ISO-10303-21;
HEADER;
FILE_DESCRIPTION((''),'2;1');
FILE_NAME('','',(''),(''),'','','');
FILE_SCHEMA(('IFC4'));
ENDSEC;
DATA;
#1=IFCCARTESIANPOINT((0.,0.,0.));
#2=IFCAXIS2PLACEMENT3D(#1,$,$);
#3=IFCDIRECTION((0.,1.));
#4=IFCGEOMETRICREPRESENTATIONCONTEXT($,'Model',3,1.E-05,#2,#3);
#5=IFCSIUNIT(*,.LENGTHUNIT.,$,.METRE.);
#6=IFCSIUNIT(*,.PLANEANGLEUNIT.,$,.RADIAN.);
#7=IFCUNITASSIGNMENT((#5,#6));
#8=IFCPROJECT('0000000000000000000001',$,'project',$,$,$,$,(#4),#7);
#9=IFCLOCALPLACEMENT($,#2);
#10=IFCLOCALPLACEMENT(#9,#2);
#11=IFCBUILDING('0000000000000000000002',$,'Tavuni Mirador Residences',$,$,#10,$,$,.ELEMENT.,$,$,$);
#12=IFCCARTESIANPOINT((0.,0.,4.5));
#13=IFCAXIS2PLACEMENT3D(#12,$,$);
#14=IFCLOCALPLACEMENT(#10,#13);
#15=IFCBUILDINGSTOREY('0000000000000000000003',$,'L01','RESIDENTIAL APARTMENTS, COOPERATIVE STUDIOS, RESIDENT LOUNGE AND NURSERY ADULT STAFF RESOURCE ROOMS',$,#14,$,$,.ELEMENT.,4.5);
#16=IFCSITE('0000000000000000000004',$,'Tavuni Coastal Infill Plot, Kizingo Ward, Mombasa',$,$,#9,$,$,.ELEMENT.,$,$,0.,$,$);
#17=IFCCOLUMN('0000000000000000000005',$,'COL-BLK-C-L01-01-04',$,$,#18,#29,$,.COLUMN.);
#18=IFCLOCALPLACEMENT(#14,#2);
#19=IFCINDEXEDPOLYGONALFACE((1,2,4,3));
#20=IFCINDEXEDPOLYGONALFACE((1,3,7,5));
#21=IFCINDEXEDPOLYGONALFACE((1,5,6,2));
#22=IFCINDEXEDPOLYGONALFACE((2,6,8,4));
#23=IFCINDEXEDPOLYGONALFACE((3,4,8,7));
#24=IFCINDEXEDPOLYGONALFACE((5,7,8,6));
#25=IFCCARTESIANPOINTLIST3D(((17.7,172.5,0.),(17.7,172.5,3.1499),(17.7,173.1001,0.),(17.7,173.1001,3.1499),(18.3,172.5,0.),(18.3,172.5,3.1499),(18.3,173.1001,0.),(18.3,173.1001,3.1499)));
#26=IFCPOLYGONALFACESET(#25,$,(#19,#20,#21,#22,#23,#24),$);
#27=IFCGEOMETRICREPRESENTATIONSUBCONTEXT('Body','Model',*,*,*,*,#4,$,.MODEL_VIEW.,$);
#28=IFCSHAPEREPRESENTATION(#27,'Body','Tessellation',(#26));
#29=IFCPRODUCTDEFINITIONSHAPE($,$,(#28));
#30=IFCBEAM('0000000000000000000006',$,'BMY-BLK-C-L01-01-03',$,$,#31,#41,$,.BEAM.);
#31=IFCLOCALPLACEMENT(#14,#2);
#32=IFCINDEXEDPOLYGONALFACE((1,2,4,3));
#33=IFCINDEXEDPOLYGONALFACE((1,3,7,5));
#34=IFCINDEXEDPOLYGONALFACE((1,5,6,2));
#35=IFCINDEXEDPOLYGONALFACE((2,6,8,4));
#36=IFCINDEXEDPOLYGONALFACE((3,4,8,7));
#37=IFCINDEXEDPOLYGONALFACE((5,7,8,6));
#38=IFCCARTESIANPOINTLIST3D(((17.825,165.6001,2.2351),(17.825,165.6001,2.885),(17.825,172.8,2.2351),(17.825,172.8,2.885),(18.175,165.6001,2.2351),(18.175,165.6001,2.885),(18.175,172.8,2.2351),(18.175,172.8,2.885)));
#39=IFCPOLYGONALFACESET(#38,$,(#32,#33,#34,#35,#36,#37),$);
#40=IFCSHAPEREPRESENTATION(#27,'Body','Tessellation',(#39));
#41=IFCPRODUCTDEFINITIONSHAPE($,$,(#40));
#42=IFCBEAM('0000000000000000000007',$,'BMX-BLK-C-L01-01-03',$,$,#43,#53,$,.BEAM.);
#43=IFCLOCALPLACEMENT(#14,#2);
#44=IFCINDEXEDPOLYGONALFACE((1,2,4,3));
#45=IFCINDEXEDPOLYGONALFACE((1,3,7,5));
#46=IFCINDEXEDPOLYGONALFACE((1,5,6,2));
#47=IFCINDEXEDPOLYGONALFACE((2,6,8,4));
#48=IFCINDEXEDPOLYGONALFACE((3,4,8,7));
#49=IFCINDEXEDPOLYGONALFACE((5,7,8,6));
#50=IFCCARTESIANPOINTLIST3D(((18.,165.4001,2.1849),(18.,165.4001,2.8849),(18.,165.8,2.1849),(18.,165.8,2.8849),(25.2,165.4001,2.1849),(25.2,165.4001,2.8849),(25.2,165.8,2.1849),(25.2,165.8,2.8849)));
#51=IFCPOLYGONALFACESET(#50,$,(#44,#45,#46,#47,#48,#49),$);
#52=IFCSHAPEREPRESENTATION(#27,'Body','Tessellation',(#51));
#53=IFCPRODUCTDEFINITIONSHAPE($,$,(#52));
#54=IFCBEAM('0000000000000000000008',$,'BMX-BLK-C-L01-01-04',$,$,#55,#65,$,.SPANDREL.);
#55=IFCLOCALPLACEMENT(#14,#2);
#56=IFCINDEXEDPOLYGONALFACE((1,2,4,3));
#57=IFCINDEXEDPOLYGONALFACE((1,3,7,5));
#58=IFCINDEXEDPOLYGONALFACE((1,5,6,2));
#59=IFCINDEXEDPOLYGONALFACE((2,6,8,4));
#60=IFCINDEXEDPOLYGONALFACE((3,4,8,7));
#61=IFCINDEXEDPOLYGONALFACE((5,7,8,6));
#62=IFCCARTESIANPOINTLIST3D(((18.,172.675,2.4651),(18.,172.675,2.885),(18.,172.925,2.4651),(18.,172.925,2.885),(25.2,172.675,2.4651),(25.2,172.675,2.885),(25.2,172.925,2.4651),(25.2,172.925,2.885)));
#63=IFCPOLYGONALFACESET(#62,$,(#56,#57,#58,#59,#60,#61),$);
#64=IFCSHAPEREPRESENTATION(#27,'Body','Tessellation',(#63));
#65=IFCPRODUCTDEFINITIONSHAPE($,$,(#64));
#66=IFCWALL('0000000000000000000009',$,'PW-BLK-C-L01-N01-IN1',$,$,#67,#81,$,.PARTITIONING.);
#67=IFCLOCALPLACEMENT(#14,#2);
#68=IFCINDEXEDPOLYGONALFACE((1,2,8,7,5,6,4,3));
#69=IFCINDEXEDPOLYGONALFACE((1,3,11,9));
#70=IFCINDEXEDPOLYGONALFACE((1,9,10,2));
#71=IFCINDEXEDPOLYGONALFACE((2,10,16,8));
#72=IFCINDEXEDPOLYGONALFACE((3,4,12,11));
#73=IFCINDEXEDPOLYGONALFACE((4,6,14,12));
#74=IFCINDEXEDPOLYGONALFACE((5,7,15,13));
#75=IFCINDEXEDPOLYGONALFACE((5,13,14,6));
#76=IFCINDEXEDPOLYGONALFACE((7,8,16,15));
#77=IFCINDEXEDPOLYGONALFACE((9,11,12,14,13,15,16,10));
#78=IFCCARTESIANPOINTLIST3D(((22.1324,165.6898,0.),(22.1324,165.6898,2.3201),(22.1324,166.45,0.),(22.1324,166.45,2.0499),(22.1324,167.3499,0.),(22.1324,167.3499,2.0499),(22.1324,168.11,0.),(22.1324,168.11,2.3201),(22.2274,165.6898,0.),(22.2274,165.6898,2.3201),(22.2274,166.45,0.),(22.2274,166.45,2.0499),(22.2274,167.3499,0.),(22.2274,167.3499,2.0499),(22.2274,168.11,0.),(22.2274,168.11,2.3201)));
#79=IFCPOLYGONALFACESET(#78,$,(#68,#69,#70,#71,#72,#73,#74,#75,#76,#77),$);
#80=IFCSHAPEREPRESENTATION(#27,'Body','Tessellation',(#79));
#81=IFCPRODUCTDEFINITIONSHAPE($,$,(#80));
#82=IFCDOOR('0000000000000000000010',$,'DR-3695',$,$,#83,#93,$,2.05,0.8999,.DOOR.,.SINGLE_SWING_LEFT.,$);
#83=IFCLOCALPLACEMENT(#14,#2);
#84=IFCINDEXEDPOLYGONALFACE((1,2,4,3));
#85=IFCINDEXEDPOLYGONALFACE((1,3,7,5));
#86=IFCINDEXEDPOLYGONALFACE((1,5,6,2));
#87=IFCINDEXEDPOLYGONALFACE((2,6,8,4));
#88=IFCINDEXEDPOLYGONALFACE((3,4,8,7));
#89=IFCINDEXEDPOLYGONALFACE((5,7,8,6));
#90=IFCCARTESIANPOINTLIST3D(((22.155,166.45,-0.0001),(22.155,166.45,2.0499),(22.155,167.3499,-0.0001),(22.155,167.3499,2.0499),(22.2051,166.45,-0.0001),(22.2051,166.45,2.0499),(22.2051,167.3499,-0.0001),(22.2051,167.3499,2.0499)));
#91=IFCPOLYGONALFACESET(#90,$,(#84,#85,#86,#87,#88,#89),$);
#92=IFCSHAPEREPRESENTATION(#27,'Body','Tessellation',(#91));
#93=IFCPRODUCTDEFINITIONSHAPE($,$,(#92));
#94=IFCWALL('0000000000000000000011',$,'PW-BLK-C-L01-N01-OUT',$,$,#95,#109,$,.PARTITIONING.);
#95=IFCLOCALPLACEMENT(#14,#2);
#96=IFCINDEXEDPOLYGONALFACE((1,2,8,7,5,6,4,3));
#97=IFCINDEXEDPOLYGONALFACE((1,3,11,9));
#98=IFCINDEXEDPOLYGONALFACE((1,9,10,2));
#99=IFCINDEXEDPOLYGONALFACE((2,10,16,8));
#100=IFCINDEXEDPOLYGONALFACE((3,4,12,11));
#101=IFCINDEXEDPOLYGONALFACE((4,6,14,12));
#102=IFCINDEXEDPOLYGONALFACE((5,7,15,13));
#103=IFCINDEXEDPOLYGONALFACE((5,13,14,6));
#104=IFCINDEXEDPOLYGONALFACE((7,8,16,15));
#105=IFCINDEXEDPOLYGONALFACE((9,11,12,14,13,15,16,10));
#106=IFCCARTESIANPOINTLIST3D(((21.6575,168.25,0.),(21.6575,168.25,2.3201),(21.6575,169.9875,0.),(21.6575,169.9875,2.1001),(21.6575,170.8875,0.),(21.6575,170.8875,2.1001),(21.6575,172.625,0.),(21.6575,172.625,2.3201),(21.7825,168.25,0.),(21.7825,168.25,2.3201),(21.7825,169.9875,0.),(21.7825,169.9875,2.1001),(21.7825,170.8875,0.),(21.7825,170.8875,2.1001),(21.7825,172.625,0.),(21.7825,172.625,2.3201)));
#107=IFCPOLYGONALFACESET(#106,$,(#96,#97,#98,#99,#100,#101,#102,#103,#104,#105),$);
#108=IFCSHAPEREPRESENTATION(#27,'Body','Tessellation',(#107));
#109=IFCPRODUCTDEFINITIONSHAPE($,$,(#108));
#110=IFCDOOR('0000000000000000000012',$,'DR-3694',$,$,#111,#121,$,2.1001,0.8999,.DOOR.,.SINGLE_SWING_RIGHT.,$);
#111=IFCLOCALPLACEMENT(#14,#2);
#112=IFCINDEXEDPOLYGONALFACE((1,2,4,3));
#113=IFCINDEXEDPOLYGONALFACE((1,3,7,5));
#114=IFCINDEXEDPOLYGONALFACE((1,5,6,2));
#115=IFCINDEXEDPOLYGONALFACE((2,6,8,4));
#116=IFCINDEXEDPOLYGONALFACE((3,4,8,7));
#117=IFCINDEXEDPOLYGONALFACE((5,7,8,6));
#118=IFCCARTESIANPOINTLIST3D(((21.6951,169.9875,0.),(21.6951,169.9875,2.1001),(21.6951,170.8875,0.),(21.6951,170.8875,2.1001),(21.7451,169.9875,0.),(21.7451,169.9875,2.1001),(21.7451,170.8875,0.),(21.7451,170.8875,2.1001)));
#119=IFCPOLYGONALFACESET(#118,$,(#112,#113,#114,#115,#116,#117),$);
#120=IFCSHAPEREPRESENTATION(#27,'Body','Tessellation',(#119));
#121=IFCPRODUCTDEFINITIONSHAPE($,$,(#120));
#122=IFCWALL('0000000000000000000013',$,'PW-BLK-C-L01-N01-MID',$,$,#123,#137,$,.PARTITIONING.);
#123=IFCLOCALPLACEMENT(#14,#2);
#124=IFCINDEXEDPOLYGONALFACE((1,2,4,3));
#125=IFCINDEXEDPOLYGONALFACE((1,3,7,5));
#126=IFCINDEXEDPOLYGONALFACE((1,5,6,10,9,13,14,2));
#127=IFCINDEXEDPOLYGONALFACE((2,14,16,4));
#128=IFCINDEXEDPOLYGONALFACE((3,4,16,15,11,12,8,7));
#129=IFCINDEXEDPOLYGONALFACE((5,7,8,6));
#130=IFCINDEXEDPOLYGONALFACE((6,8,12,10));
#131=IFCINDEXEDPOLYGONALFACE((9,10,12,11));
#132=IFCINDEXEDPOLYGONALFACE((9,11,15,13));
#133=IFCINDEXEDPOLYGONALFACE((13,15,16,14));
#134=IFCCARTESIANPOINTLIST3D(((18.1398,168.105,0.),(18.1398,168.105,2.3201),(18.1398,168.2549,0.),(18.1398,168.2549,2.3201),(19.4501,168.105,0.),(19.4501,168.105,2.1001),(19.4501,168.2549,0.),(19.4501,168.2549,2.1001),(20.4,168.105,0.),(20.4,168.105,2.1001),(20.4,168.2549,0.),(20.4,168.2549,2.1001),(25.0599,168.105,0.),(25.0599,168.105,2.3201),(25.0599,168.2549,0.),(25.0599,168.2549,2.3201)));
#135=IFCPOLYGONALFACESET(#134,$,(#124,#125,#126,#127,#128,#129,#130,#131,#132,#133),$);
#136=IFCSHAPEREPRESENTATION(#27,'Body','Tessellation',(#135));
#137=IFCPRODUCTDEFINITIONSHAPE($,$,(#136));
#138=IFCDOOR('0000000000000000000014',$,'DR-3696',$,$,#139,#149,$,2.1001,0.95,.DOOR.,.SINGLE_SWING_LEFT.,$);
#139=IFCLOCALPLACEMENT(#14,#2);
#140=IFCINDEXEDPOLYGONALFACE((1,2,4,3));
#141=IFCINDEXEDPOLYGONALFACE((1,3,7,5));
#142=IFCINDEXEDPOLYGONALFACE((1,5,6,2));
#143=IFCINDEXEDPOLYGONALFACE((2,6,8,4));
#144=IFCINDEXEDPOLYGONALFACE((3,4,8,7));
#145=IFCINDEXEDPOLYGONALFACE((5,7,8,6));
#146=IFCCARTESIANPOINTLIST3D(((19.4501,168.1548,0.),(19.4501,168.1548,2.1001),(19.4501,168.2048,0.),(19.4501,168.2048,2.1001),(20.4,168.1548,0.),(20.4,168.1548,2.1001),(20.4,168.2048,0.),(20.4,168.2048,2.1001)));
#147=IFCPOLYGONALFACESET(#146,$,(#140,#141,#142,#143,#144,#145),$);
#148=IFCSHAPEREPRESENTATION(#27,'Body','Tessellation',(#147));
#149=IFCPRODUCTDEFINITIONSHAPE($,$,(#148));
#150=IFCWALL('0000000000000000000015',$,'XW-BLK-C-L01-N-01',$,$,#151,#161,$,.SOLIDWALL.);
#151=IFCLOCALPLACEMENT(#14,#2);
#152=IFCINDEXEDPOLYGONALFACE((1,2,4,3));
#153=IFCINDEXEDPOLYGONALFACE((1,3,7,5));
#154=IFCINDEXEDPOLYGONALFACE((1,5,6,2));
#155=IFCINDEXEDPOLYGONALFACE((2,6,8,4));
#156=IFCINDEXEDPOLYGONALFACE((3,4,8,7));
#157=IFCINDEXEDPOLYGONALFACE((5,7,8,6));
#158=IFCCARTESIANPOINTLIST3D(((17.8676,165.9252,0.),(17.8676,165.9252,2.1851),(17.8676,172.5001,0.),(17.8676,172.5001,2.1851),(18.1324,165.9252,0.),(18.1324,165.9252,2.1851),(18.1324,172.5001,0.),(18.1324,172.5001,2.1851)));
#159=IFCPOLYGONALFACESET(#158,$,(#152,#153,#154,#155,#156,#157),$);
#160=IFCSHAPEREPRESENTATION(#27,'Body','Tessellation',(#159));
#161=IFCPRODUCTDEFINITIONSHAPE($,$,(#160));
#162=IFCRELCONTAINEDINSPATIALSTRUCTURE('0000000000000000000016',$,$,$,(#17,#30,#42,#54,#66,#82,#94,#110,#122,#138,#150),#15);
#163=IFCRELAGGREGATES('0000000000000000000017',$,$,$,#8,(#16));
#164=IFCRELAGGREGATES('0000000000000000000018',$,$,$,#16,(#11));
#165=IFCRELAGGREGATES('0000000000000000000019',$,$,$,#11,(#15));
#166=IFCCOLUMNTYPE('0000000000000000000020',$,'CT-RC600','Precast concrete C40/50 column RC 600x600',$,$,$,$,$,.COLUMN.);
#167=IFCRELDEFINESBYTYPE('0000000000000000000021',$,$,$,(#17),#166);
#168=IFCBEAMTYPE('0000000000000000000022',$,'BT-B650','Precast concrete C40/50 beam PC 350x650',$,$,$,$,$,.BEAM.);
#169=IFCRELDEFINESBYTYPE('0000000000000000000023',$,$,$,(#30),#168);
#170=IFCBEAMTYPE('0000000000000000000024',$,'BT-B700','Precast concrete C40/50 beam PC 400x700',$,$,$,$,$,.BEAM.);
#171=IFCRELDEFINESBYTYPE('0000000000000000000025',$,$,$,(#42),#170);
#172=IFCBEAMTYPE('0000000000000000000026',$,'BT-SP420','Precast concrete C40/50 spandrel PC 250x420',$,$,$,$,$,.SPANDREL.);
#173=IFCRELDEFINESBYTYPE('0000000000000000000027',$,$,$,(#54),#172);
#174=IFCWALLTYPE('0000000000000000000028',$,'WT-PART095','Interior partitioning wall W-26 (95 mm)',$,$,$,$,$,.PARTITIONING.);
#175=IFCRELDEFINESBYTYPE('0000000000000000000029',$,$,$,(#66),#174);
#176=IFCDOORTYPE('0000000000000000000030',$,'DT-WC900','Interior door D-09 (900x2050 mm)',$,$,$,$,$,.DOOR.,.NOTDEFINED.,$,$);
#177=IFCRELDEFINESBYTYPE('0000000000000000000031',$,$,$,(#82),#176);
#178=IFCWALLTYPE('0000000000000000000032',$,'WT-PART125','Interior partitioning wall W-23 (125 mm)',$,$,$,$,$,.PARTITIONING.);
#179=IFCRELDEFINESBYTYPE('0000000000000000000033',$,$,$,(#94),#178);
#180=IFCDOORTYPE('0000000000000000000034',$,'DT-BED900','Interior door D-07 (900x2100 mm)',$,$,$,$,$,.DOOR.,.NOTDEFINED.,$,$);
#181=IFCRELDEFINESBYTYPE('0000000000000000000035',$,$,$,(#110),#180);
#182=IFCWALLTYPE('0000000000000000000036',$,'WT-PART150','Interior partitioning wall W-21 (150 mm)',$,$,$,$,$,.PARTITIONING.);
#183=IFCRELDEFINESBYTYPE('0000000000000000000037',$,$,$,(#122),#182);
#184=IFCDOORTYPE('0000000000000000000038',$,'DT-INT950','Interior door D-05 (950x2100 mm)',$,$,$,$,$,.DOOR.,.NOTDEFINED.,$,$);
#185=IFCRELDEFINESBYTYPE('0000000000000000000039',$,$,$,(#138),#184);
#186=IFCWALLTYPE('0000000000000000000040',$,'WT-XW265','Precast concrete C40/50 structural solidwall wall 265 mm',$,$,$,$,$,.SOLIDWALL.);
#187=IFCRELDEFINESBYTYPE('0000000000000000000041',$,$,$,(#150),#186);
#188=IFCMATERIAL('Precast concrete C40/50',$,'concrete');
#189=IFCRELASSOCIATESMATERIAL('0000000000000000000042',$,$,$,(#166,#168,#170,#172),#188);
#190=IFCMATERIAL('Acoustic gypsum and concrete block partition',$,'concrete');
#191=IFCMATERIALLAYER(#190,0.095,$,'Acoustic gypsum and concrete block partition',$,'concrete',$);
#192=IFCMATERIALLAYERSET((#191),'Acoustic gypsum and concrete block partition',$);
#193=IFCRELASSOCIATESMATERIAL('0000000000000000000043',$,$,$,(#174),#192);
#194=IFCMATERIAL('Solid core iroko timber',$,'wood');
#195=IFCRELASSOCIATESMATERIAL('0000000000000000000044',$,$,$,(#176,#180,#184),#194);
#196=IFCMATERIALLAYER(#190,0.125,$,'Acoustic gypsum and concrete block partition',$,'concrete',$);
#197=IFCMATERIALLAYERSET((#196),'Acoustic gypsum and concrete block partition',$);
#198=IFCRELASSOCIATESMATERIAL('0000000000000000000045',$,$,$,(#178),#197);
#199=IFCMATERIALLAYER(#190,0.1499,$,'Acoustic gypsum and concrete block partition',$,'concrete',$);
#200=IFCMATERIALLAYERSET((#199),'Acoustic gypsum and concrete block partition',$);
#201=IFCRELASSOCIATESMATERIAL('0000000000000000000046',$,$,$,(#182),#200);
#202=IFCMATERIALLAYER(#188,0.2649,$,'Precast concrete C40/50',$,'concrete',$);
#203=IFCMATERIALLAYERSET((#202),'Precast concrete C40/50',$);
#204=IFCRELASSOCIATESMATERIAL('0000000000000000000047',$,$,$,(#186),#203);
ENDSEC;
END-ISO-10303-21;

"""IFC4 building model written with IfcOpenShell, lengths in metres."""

from ifc_helpers import new_model, si_unit, direction, frame, frame_2d, origin, origin_2d, place, context, subcontext, project, spatial, rectangle, extrude, material, layer, layer_set, material_profile, profile_set, type_object, element, fill, save


model = new_model("IFC4")

# Units and contexts
model_context = context("Model", 3, precision=1e-05, world=origin(), true_north=direction((0.0, 1.0)))
body_context = subcontext(model_context, "Body", "Model", "MODEL_VIEW")
ifc_project = project(units=[si_unit("LENGTHUNIT", "METRE"), si_unit("PLANEANGLEUNIT", "RADIAN")], contexts=[model_context])

# Site, building, storey
site_placement = place(None, origin())
site = spatial("IfcSite", under=ifc_project, at=site_placement, Name="Tavuni Coastal Infill Plot, Kizingo Ward, Mombasa", CompositionType="ELEMENT", RefElevation=0.0)
building_placement = place(site_placement, origin())
building = spatial("IfcBuilding", under=site, at=building_placement, Name="Tavuni Mirador Residences", CompositionType="ELEMENT")
storey_placement = place(building_placement, frame((0.0, 0.0, 4.5)))
storey = spatial("IfcBuildingStorey", under=building, at=storey_placement, Name="L01", Description="RESIDENTIAL APARTMENTS, COOPERATIVE STUDIOS, RESIDENT LOUNGE AND NURSERY ADULT STAFF RESOURCE ROOMS", CompositionType="ELEMENT", Elevation=4.5)

# Column
ifc_material_1 = material(Name="Precast concrete C40/50", Category="concrete")
ifc_material_profile_1 = material_profile(ifc_material_1, rectangle(XDim=0.6001, YDim=0.6001, at=origin_2d()), Name="RC 600x600", Category="concrete")
ifc_profile_set_1 = profile_set([ifc_material_profile_1], Name="Precast concrete C40/50")
column_type = type_object("IfcColumnType", Name="CT-RC600", Description="Precast concrete C40/50 column RC 600x600", PredefinedType="COLUMN", material=ifc_profile_set_1)
column_placement = place(storey_placement, frame((18.0, 172.8, 0.0), z_axis=(0.0, 0.0, 1.0), x_axis=(1.0, 0.0, 0.0)))
element("IfcColumn", 1, at=column_placement, inside=storey, type_object=column_type, Name="COL-BLK-C-L01-01-04", PredefinedType="COLUMN", context=body_context, shape_type="SweptSolid", body=[
    extrude(rectangle(XDim=0.6001, YDim=0.6001, at=origin_2d()), origin(), (0.0, 0.0, 1.0), 3.1499),
])

# Beams
ifc_material_profile_2 = material_profile(ifc_material_1, rectangle(XDim=0.3501, YDim=0.6499, at=origin_2d()), Name="PC 350x650", Category="concrete")
ifc_profile_set_2 = profile_set([ifc_material_profile_2], Name="Precast concrete C40/50")
beam_type_1 = type_object("IfcBeamType", Name="BT-B650", Description="Precast concrete C40/50 beam PC 350x650", PredefinedType="BEAM", material=ifc_profile_set_2)
beam_1_placement = place(storey_placement, frame((18.0, 165.6001, 2.5601), z_axis=(0.0, 1.0, 0.0), x_axis=(-1.0, 0.0, 0.0)))
element("IfcBeam", 2, at=beam_1_placement, inside=storey, type_object=beam_type_1, Name="BMY-BLK-C-L01-01-03", PredefinedType="BEAM", context=body_context, shape_type="SweptSolid", body=[
    extrude(rectangle(XDim=0.3501, YDim=0.6499, at=origin_2d()), origin(), (0.0, 0.0, 1.0), 7.2),
])
ifc_material_profile_3 = material_profile(ifc_material_1, rectangle(XDim=0.3999, YDim=0.7, at=origin_2d()), Name="PC 400x700", Category="concrete")
ifc_profile_set_3 = profile_set([ifc_material_profile_3], Name="Precast concrete C40/50")
beam_type_2 = type_object("IfcBeamType", Name="BT-B700", Description="Precast concrete C40/50 beam PC 400x700", PredefinedType="BEAM", material=ifc_profile_set_3)
beam_2_placement = place(storey_placement, frame((18.0, 165.6001, 2.5349), z_axis=(1.0, 0.0, 0.0), x_axis=(0.0, 1.0, 0.0)))
element("IfcBeam", 3, at=beam_2_placement, inside=storey, type_object=beam_type_2, Name="BMX-BLK-C-L01-01-03", PredefinedType="BEAM", context=body_context, shape_type="SweptSolid", body=[
    extrude(rectangle(XDim=0.3999, YDim=0.7, at=origin_2d()), origin(), (0.0, 0.0, 1.0), 7.2),
])
ifc_material_profile_4 = material_profile(ifc_material_1, rectangle(XDim=0.25, YDim=0.4199, at=origin_2d()), Name="PC 250x420", Category="concrete")
ifc_profile_set_4 = profile_set([ifc_material_profile_4], Name="Precast concrete C40/50")
beam_type_3 = type_object("IfcBeamType", Name="BT-SP420", Description="Precast concrete C40/50 spandrel PC 250x420", PredefinedType="SPANDREL", material=ifc_profile_set_4)
beam_3_placement = place(storey_placement, frame((18.0, 172.8, 2.675), z_axis=(1.0, 0.0, 0.0), x_axis=(0.0, 1.0, 0.0)))
element("IfcBeam", 4, at=beam_3_placement, inside=storey, type_object=beam_type_3, Name="BMX-BLK-C-L01-01-04", PredefinedType="SPANDREL", context=body_context, shape_type="SweptSolid", body=[
    extrude(rectangle(XDim=0.25, YDim=0.4199, at=origin_2d()), origin(), (0.0, 0.0, 1.0), 7.2),
])

# Walls, openings, doors
ifc_material_2 = material(Name="Solid core iroko timber", Category="wood")
ifc_material_3 = material(Name="Acoustic gypsum and concrete block partition", Category="concrete")
ifc_layer_1 = layer(ifc_material_3, 0.095, Name="Acoustic gypsum and concrete block partition", Category="concrete")
ifc_layer_set_1 = layer_set([ifc_layer_1], Name="Acoustic gypsum and concrete block partition")
wall_type_1 = type_object("IfcWallType", Name="WT-PART095", Description="Interior partitioning wall W-26 (95 mm)", PredefinedType="PARTITIONING", material=ifc_layer_set_1)
wall_1_placement = place(storey_placement, frame((22.1799, 165.6899, 0.0), z_axis=(0.0, 0.0, 1.0), x_axis=(0.0, 1.0, 0.0)))
wall_1 = element("IfcWall", 5, at=wall_1_placement, inside=storey, type_object=wall_type_1, Name="PW-BLK-C-L01-N01-IN1", PredefinedType="PARTITIONING", context=body_context, shape_type="SweptSolid", body=[
    extrude(rectangle(XDim=2.4202, YDim=0.095, at=frame_2d((1.21, 0.0))), origin(), (0.0, 0.0, 1.0), 2.3201),
])
opening_1_placement = place(wall_1_placement, frame((0.76, 0.0, 0.0)))
opening_1 = element("IfcOpeningElement", 6, at=opening_1_placement, cuts=wall_1, PredefinedType="OPENING", context=body_context, shape_type="SweptSolid", body=[
    extrude(rectangle(XDim=0.8999, YDim=2.05, at=frame_2d((0.45, 1.0249))), frame((0.0, 0.0576, 0.0), z_axis=(0.0, -1.0, 0.0), x_axis=(1.0, 0.0, 0.0)), (0.0, 0.0, 1.0), 0.115),
])
door_type_1 = type_object("IfcDoorType", Name="DT-WC900", Description="Interior door D-09 (900x2050 mm)", OperationType="NOTDEFINED", PredefinedType="DOOR", material=ifc_material_2)
door_1_placement = place(opening_1_placement, origin())
door_1 = element("IfcDoor", 7, at=door_1_placement, inside=storey, type_object=door_type_1, Name="DR-3695", OperationType="SINGLE_SWING_LEFT", OverallHeight=2.05, OverallWidth=0.8999, PredefinedType="DOOR", context=body_context, shape_type="SweptSolid", body=[
    extrude(rectangle(XDim=0.8999, YDim=2.05, at=frame_2d((0.45, 1.0249))), frame((0.0, 0.0249, 0.0), z_axis=(0.0, -1.0, 0.0), x_axis=(1.0, 0.0, 0.0)), (0.0, 0.0, 1.0), 0.05),
])
fill(opening_1, door_1)
ifc_layer_2 = layer(ifc_material_3, 0.125, Name="Acoustic gypsum and concrete block partition", Category="concrete")
ifc_layer_set_2 = layer_set([ifc_layer_2], Name="Acoustic gypsum and concrete block partition")
wall_type_2 = type_object("IfcWallType", Name="WT-PART125", Description="Interior partitioning wall W-23 (125 mm)", PredefinedType="PARTITIONING", material=ifc_layer_set_2)
wall_2_placement = place(storey_placement, frame((21.72, 168.25, 0.0), z_axis=(0.0, 0.0, 1.0), x_axis=(0.0, 1.0, 0.0)))
wall_2 = element("IfcWall", 8, at=wall_2_placement, inside=storey, type_object=wall_type_2, Name="PW-BLK-C-L01-N01-OUT", PredefinedType="PARTITIONING", context=body_context, shape_type="SweptSolid", body=[
    extrude(rectangle(XDim=4.375, YDim=0.125, at=frame_2d((2.1875, 0.0))), origin(), (0.0, 0.0, 1.0), 2.3201),
])
opening_2_placement = place(wall_2_placement, frame((1.7375, 0.0, 0.0)))
opening_2 = element("IfcOpeningElement", 9, at=opening_2_placement, cuts=wall_2, PredefinedType="OPENING", context=body_context, shape_type="SweptSolid", body=[
    extrude(rectangle(XDim=0.8999, YDim=2.1001, at=frame_2d((0.45, 1.05))), frame((0.0, 0.0725, 0.0), z_axis=(0.0, -1.0, 0.0), x_axis=(1.0, 0.0, 0.0)), (0.0, 0.0, 1.0), 0.145),
])
door_type_2 = type_object("IfcDoorType", Name="DT-BED900", Description="Interior door D-07 (900x2100 mm)", OperationType="NOTDEFINED", PredefinedType="DOOR", material=ifc_material_2)
door_2_placement = place(opening_2_placement, origin())
door_2 = element("IfcDoor", 10, at=door_2_placement, inside=storey, type_object=door_type_2, Name="DR-3694", OperationType="SINGLE_SWING_RIGHT", OverallHeight=2.1001, OverallWidth=0.8999, PredefinedType="DOOR", context=body_context, shape_type="SweptSolid", body=[
    extrude(rectangle(XDim=0.8999, YDim=2.1001, at=frame_2d((0.45, 1.05))), frame((0.0, 0.0249, 0.0), z_axis=(0.0, -1.0, 0.0), x_axis=(1.0, 0.0, 0.0)), (0.0, 0.0, 1.0), 0.05),
])
fill(opening_2, door_2)
ifc_layer_3 = layer(ifc_material_3, 0.1499, Name="Acoustic gypsum and concrete block partition", Category="concrete")
ifc_layer_set_3 = layer_set([ifc_layer_3], Name="Acoustic gypsum and concrete block partition")
wall_type_3 = type_object("IfcWallType", Name="WT-PART150", Description="Interior partitioning wall W-21 (150 mm)", PredefinedType="PARTITIONING", material=ifc_layer_set_3)
wall_3_placement = place(storey_placement, frame((18.1399, 168.1799, 0.0), z_axis=(0.0, 0.0, 1.0), x_axis=(1.0, 0.0, 0.0)))
wall_3 = element("IfcWall", 11, at=wall_3_placement, inside=storey, type_object=wall_type_3, Name="PW-BLK-C-L01-N01-MID", PredefinedType="PARTITIONING", context=body_context, shape_type="SweptSolid", body=[
    extrude(rectangle(XDim=6.9202, YDim=0.1499, at=frame_2d((3.46, 0.0))), origin(), (0.0, 0.0, 1.0), 2.3201),
])
opening_3_placement = place(wall_3_placement, frame((1.3101, 0.0, 0.0)))
opening_3 = element("IfcOpeningElement", 12, at=opening_3_placement, cuts=wall_3, PredefinedType="OPENING", context=body_context, shape_type="SweptSolid", body=[
    extrude(rectangle(XDim=0.95, YDim=2.1001, at=frame_2d((0.4751, 1.05))), frame((0.0, 0.085, 0.0), z_axis=(0.0, -1.0, 0.0), x_axis=(1.0, 0.0, 0.0)), (0.0, 0.0, 1.0), 0.1699),
])
door_type_3 = type_object("IfcDoorType", Name="DT-INT950", Description="Interior door D-05 (950x2100 mm)", OperationType="NOTDEFINED", PredefinedType="DOOR", material=ifc_material_2)
door_3_placement = place(opening_3_placement, origin())
door_3 = element("IfcDoor", 13, at=door_3_placement, inside=storey, type_object=door_type_3, Name="DR-3696", OperationType="SINGLE_SWING_LEFT", OverallHeight=2.1001, OverallWidth=0.95, PredefinedType="DOOR", context=body_context, shape_type="SweptSolid", body=[
    extrude(rectangle(XDim=0.95, YDim=2.1001, at=frame_2d((0.4751, 1.05))), frame((0.0, 0.0249, 0.0), z_axis=(0.0, -1.0, 0.0), x_axis=(1.0, 0.0, 0.0)), (0.0, 0.0, 1.0), 0.05),
])
fill(opening_3, door_3)

# Wall
ifc_layer_4 = layer(ifc_material_1, 0.2649, Name="Precast concrete C40/50", Category="concrete")
ifc_layer_set_4 = layer_set([ifc_layer_4], Name="Precast concrete C40/50")
wall_type_4 = type_object("IfcWallType", Name="WT-XW265", Description="Precast concrete C40/50 structural solidwall wall 265 mm", PredefinedType="SOLIDWALL", material=ifc_layer_set_4)
wall_4_placement = place(storey_placement, frame((18.0, 165.925, 0.0), z_axis=(0.0, 0.0, 1.0), x_axis=(0.0, 1.0, 0.0)))
element("IfcWall", 14, at=wall_4_placement, inside=storey, type_object=wall_type_4, Name="XW-BLK-C-L01-N-01", PredefinedType="SOLIDWALL", context=body_context, shape_type="SweptSolid", body=[
    extrude(rectangle(XDim=6.575, YDim=0.2649, at=frame_2d((3.2876, 0.0))), origin(), (0.0, 0.0, 1.0), 2.1851),
])

save(model, "model.ifc")
